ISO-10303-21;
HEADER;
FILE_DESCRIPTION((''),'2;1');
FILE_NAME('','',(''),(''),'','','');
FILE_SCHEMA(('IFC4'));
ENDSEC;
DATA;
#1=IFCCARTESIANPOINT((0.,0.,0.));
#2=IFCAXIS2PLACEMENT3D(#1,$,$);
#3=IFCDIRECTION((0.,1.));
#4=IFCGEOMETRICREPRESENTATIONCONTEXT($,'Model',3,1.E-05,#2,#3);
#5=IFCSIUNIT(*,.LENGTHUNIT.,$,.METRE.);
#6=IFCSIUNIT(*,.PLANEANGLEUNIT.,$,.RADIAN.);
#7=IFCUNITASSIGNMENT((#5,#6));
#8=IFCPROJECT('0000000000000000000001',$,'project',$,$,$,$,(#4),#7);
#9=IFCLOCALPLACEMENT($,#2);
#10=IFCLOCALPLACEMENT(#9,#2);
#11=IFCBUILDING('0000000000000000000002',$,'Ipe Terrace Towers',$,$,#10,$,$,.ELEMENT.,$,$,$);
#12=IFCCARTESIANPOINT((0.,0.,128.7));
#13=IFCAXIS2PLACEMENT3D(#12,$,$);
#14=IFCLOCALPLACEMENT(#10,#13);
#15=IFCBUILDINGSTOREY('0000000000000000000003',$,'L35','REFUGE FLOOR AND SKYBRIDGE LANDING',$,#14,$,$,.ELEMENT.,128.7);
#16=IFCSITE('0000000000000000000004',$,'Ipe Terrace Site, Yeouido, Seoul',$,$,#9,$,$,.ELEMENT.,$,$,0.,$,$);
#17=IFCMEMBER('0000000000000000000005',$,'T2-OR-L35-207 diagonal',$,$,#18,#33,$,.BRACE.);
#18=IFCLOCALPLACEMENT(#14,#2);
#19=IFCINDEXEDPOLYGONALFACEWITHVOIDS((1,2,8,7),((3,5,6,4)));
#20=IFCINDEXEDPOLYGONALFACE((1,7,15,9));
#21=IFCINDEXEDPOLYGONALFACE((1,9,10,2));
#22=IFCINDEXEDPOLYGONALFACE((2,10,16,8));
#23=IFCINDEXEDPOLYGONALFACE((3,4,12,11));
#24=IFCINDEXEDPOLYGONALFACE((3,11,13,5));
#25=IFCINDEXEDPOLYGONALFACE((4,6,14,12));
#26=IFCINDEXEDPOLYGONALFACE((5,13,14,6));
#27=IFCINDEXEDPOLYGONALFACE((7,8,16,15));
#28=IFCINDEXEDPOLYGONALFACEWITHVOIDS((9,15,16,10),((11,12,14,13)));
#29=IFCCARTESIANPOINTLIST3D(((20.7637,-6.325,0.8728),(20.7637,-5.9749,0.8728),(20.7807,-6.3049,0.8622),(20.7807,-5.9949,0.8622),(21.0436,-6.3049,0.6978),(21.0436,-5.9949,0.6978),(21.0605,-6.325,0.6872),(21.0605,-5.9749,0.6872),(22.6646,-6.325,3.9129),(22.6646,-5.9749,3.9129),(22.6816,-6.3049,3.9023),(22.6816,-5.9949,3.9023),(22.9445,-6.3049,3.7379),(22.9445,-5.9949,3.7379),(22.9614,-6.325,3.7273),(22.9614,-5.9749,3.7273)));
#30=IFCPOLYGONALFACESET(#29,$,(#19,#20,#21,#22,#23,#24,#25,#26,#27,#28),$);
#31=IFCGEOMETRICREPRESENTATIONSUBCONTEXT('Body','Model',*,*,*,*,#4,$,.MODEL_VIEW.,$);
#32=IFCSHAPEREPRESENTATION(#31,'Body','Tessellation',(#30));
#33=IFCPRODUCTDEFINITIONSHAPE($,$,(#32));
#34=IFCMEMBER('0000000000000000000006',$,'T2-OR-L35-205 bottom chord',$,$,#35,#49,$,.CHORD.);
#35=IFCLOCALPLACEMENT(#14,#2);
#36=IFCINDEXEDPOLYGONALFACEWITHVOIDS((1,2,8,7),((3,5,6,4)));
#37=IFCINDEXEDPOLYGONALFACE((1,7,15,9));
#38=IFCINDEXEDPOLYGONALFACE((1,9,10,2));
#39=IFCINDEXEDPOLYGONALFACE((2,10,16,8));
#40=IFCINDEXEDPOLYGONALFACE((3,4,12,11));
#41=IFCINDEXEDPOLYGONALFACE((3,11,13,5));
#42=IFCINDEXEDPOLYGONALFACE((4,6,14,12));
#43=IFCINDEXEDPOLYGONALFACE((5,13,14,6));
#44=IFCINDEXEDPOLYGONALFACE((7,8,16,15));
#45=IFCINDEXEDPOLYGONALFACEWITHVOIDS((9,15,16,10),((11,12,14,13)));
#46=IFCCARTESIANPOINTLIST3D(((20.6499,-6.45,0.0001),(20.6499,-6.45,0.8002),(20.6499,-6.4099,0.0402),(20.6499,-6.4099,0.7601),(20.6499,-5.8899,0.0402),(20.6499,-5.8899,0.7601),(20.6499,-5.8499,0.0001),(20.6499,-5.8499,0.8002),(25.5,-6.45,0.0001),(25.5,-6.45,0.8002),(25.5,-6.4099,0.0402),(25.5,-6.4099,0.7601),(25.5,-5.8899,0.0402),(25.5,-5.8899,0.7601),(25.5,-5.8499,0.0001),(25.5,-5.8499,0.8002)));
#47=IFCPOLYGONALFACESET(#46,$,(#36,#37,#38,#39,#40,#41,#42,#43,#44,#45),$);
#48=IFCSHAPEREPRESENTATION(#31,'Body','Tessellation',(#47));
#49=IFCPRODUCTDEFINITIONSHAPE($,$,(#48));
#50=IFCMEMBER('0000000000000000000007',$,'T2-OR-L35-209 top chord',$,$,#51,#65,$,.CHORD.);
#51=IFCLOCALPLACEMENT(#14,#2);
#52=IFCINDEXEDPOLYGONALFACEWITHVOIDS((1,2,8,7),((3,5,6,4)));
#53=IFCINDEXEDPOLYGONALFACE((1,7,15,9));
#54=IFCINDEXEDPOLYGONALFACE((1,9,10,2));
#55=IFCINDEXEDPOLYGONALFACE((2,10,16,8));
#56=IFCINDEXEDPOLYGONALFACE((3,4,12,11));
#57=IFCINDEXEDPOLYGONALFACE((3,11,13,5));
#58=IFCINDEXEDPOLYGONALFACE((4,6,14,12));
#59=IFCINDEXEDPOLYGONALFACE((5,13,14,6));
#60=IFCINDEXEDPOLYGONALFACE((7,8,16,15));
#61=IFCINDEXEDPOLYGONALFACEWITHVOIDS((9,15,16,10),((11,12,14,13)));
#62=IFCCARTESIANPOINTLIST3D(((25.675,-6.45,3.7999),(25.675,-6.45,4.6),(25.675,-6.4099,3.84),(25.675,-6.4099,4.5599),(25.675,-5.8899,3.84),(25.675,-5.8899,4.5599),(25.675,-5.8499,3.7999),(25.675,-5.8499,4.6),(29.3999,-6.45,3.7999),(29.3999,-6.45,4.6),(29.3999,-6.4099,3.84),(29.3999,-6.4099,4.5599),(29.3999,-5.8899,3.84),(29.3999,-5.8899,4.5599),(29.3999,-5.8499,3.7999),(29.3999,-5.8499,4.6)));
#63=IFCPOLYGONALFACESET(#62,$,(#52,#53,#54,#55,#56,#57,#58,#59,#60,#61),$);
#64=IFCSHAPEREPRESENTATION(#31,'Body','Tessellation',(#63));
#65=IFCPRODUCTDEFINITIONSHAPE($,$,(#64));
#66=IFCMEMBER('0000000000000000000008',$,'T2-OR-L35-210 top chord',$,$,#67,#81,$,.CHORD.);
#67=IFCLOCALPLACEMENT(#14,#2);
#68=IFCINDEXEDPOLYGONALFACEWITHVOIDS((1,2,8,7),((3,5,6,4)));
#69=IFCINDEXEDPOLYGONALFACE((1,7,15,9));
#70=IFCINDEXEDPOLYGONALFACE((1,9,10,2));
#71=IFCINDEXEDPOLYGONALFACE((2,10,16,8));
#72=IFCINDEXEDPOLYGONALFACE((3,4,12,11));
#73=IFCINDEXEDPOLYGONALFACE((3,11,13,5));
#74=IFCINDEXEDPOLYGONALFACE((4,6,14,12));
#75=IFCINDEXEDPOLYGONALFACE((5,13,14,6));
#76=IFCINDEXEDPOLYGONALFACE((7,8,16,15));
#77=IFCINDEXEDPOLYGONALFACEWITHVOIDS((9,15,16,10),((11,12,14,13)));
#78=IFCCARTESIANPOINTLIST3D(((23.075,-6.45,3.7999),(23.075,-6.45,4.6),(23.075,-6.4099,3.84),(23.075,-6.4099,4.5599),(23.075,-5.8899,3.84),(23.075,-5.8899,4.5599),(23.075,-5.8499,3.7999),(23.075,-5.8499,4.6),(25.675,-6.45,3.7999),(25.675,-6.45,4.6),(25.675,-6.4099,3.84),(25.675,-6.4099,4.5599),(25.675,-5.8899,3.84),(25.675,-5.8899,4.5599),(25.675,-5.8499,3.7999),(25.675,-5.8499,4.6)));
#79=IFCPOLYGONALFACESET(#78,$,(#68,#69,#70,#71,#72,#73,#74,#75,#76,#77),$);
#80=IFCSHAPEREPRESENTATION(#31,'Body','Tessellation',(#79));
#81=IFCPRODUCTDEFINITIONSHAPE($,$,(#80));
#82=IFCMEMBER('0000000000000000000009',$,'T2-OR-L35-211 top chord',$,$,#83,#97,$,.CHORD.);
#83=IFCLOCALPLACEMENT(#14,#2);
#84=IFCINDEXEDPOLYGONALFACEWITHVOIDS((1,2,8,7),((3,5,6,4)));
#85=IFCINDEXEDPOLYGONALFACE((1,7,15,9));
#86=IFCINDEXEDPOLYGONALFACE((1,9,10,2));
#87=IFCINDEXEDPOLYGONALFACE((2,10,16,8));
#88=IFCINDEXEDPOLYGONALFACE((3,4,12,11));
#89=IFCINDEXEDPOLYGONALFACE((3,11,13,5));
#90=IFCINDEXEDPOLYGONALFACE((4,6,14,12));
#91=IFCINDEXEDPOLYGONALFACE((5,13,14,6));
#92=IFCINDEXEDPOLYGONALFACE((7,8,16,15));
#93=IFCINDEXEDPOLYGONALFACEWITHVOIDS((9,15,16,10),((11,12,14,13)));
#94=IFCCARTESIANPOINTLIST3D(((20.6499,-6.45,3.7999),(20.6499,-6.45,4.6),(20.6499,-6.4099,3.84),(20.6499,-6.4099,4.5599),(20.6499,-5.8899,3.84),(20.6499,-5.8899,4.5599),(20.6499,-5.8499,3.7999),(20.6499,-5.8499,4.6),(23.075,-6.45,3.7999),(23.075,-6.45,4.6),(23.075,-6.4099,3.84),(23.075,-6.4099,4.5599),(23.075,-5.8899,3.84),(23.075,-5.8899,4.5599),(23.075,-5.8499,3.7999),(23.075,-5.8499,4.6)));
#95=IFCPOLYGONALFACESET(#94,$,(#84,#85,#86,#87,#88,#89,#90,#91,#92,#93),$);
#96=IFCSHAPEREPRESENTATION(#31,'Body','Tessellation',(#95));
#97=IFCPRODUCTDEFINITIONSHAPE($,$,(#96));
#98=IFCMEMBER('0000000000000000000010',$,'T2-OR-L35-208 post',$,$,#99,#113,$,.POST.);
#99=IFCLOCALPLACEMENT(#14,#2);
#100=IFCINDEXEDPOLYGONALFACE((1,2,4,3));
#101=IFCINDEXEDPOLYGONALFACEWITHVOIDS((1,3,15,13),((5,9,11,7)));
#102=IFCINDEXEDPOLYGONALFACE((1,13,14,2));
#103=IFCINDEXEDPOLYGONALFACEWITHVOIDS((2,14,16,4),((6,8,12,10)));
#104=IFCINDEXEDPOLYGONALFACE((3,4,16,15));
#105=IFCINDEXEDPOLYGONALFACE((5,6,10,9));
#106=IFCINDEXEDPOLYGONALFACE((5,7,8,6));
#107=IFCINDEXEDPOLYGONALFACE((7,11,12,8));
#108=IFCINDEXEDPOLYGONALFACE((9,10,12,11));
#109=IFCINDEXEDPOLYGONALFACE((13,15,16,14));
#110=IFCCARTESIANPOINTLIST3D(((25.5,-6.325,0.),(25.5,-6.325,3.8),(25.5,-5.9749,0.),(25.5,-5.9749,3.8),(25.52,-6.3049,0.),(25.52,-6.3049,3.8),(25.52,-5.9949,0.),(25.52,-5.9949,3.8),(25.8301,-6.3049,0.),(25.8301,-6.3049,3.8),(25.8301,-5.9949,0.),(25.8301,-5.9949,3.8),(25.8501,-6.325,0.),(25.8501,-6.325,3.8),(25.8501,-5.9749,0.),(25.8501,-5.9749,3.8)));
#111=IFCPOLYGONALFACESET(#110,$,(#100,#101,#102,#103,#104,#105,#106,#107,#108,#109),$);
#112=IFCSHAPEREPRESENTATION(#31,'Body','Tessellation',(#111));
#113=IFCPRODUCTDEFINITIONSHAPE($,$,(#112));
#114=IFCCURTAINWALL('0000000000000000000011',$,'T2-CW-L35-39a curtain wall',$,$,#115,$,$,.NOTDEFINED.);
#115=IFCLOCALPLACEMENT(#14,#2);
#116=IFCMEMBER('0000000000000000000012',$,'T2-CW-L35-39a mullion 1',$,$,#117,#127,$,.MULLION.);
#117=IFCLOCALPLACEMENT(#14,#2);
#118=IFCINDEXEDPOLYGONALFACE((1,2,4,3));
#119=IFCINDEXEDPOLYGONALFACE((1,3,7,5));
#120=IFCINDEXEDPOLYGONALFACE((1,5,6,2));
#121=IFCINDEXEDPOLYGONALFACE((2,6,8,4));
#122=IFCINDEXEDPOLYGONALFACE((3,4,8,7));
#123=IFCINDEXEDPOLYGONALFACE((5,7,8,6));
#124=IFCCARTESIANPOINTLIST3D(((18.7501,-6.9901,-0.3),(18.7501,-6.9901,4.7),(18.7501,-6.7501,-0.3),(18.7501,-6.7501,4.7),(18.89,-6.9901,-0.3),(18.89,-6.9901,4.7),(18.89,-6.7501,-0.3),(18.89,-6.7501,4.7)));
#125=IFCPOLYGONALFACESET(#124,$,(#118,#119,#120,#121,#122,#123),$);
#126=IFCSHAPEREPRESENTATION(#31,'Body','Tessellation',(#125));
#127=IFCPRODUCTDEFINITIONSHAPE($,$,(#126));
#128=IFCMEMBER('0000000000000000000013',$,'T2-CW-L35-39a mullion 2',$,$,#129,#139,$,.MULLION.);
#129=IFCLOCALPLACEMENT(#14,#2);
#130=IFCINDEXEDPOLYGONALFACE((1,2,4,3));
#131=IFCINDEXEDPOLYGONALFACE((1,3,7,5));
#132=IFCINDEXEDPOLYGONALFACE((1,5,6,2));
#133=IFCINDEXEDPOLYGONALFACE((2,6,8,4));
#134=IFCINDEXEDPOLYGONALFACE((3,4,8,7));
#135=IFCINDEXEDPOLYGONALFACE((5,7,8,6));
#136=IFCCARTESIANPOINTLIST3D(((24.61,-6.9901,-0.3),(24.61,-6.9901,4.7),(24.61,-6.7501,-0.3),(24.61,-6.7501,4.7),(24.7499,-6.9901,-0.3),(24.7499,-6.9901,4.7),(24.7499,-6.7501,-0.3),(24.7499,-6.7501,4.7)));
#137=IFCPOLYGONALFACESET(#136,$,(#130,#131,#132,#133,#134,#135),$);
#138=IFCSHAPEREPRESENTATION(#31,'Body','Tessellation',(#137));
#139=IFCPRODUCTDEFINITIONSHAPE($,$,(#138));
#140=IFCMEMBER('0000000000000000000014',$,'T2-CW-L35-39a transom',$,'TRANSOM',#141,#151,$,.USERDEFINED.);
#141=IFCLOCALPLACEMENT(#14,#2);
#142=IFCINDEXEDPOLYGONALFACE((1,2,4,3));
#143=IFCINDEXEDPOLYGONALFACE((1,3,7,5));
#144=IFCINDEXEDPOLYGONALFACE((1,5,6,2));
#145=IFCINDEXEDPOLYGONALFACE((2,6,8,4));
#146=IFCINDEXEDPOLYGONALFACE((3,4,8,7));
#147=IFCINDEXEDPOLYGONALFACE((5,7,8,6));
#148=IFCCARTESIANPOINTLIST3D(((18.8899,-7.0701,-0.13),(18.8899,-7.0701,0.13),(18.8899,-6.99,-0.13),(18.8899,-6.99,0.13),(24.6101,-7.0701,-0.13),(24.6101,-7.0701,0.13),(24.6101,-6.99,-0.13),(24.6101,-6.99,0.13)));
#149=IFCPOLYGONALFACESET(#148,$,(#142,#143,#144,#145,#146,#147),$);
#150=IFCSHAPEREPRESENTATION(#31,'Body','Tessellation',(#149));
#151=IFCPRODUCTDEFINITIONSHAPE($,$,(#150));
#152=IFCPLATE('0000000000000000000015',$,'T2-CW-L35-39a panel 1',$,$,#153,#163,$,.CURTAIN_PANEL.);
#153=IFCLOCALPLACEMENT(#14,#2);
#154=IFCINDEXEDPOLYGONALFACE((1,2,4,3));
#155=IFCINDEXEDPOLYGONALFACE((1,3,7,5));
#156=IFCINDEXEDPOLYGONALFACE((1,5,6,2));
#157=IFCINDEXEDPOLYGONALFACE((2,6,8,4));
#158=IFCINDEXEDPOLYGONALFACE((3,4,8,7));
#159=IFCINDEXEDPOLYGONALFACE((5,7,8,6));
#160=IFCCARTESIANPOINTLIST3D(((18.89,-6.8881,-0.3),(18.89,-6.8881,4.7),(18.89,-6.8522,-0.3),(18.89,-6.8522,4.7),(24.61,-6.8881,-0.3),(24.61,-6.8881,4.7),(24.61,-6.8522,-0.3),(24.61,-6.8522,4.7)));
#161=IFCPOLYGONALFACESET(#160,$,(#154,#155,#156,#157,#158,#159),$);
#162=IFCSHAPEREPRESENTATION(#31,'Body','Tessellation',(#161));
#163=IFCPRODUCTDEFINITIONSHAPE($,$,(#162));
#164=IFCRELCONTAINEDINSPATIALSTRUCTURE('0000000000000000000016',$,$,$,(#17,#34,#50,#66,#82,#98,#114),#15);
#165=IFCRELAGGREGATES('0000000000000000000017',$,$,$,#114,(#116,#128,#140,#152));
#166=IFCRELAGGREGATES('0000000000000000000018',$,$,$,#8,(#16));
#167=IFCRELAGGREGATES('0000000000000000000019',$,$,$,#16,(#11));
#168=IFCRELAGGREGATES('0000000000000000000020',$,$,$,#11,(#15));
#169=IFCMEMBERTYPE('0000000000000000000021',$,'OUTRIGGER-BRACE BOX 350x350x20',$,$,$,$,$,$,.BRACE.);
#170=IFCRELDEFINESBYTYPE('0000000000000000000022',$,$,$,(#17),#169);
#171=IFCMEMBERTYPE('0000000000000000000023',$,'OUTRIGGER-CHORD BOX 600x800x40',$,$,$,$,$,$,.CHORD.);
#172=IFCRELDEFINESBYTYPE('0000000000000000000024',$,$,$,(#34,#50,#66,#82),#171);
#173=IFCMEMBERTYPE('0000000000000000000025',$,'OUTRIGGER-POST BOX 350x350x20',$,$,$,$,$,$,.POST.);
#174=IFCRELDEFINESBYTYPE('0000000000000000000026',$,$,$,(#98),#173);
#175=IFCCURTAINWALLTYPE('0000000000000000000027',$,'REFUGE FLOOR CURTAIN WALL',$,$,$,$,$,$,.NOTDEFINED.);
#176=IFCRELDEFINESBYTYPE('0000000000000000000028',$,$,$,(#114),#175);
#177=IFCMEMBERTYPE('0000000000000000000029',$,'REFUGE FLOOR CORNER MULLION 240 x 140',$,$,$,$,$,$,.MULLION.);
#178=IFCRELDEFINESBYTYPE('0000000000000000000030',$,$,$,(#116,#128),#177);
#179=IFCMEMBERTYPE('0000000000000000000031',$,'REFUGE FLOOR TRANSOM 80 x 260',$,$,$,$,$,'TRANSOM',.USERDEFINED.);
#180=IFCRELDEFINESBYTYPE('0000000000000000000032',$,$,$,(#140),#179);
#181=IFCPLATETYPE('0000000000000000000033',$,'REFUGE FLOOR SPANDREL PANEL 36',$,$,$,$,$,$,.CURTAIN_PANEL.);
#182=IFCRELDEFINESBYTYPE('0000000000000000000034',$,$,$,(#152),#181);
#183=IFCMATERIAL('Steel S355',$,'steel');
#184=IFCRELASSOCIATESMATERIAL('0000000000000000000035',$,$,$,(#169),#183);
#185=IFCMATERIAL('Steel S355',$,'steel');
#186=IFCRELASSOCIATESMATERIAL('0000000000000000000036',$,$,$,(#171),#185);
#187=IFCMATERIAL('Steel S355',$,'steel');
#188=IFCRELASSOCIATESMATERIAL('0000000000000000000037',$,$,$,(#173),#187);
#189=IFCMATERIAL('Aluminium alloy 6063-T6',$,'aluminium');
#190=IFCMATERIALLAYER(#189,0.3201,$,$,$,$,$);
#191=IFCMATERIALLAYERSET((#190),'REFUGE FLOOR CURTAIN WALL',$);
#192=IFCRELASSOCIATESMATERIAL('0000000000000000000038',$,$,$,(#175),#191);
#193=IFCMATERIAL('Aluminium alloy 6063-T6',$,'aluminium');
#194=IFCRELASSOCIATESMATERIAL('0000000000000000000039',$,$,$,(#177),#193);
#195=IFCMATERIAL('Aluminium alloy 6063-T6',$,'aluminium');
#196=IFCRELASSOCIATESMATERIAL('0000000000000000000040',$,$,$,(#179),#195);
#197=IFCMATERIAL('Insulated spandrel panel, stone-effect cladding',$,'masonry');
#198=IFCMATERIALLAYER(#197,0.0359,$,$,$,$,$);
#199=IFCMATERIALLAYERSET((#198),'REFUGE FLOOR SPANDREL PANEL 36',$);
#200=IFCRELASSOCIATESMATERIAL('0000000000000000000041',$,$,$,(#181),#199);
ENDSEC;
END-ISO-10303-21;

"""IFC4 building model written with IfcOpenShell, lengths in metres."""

from ifc_helpers import new_model, si_unit, direction, frame, origin, origin_2d, place, context, subcontext, project, spatial, rectangle, hollow_rectangle, extrude, material, layer, layer_set, material_profile, profile_set, type_object, element, aggregate, save


model = new_model("IFC4")

# Units and contexts
model_context = context("Model", 3, precision=1e-05, world=origin(), true_north=direction((0.0, 1.0)))
body_context = subcontext(model_context, "Body", "Model", "MODEL_VIEW")
ifc_project = project(units=[si_unit("LENGTHUNIT", "METRE"), si_unit("PLANEANGLEUNIT", "RADIAN")], contexts=[model_context])

# Site, building, storey
site_placement = place(None, origin())
site = spatial("IfcSite", under=ifc_project, at=site_placement, Name="Ipe Terrace Site, Yeouido, Seoul", CompositionType="ELEMENT", RefElevation=0.0)
building_placement = place(site_placement, origin())
building = spatial("IfcBuilding", under=site, at=building_placement, Name="Ipe Terrace Towers", CompositionType="ELEMENT")
storey_placement = place(building_placement, frame((0.0, 0.0, 128.7)))
storey = spatial("IfcBuildingStorey", under=building, at=storey_placement, Name="L35", Description="REFUGE FLOOR AND SKYBRIDGE LANDING", CompositionType="ELEMENT", Elevation=128.7)

# Members
ifc_material_1 = material(Name="Steel S355", Category="steel")
ifc_material_profile_1 = material_profile(ifc_material_1, hollow_rectangle(XDim=0.3501, YDim=0.3501, WallThickness=0.02, at=origin_2d()), Name="OUTRIGGER-BRACE BOX 350x350x20")
ifc_profile_set_1 = profile_set([ifc_material_profile_1], Name="Steel S355")
member_type_1 = type_object("IfcMemberType", Name="OUTRIGGER-BRACE BOX 350x350x20", PredefinedType="BRACE", material=ifc_profile_set_1)
for number, where, z_axis, x_axis, name in (
    (1, (20.9121, -6.1499, 0.78), (0.53017, 0.0, 0.847891), (0.0, 1.0, 0.0), "T2-OR-L35-207 diagonal"),
):
    element("IfcMember", number, at=place(storey_placement, frame(where, z_axis=z_axis, x_axis=x_axis)), inside=storey, type_object=member_type_1, Name=name, PredefinedType="BRACE", context=body_context, shape_type="SweptSolid", body=[
        extrude(hollow_rectangle(XDim=0.3501, YDim=0.3501, WallThickness=0.02, at=origin_2d()), origin(), (0.0, 0.0, 1.0), 3.5854),
    ])
ifc_material_2 = material(Name="Steel S355", Category="steel")
ifc_material_profile_2 = material_profile(ifc_material_2, hollow_rectangle(XDim=0.6001, YDim=0.8, WallThickness=0.04, at=origin_2d()), Name="OUTRIGGER-CHORD BOX 600x800x40")
ifc_profile_set_2 = profile_set([ifc_material_profile_2], Name="Steel S355")
member_type_2 = type_object("IfcMemberType", Name="OUTRIGGER-CHORD BOX 600x800x40", PredefinedType="CHORD", material=ifc_profile_set_2)
member_1_placement = place(storey_placement, frame((25.5, -6.1499, 0.4001), z_axis=(-1.0, 0.0, 0.0), x_axis=(0.0, -1.0, 0.0)))
element("IfcMember", 2, at=member_1_placement, inside=storey, type_object=member_type_2, Name="T2-OR-L35-205 bottom chord", PredefinedType="CHORD", context=body_context, shape_type="SweptSolid", body=[
    extrude(hollow_rectangle(XDim=0.6001, YDim=0.8, WallThickness=0.04, at=origin_2d()), origin(), (0.0, 0.0, 1.0), 4.8501),
])
member_2_placement = place(storey_placement, frame((29.3999, -6.1499, 4.2), z_axis=(-1.0, 0.0, 0.0), x_axis=(0.0, -1.0, 0.0)))
element("IfcMember", 3, at=member_2_placement, inside=storey, type_object=member_type_2, Name="T2-OR-L35-209 top chord", PredefinedType="CHORD", context=body_context, shape_type="SweptSolid", body=[
    extrude(hollow_rectangle(XDim=0.6001, YDim=0.8, WallThickness=0.04, at=origin_2d()), origin(), (0.0, 0.0, 1.0), 3.7249),
])
member_3_placement = place(storey_placement, frame((25.675, -6.1499, 4.2), z_axis=(-1.0, 0.0, 0.0), x_axis=(0.0, -1.0, 0.0)))
element("IfcMember", 4, at=member_3_placement, inside=storey, type_object=member_type_2, Name="T2-OR-L35-210 top chord", PredefinedType="CHORD", context=body_context, shape_type="SweptSolid", body=[
    extrude(hollow_rectangle(XDim=0.6001, YDim=0.8, WallThickness=0.04, at=origin_2d()), origin(), (0.0, 0.0, 1.0), 2.6001),
])
member_4_placement = place(storey_placement, frame((23.075, -6.1499, 4.2), z_axis=(-1.0, 0.0, 0.0), x_axis=(0.0, -1.0, 0.0)))
element("IfcMember", 5, at=member_4_placement, inside=storey, type_object=member_type_2, Name="T2-OR-L35-211 top chord", PredefinedType="CHORD", context=body_context, shape_type="SweptSolid", body=[
    extrude(hollow_rectangle(XDim=0.6001, YDim=0.8, WallThickness=0.04, at=origin_2d()), origin(), (0.0, 0.0, 1.0), 2.425),
])
ifc_material_3 = material(Name="Steel S355", Category="steel")
ifc_material_profile_3 = material_profile(ifc_material_3, hollow_rectangle(XDim=0.3501, YDim=0.3501, WallThickness=0.02, at=origin_2d()), Name="OUTRIGGER-POST BOX 350x350x20")
ifc_profile_set_3 = profile_set([ifc_material_profile_3], Name="Steel S355")
member_type_3 = type_object("IfcMemberType", Name="OUTRIGGER-POST BOX 350x350x20", PredefinedType="POST", material=ifc_profile_set_3)
member_5_placement = place(storey_placement, frame((25.675, -6.1499, 0.0), z_axis=(0.0, 0.0, 1.0), x_axis=(1.0, 0.0, 0.0)))
element("IfcMember", 6, at=member_5_placement, inside=storey, type_object=member_type_3, Name="T2-OR-L35-208 post", PredefinedType="POST", context=body_context, shape_type="SweptSolid", body=[
    extrude(hollow_rectangle(XDim=0.3501, YDim=0.3501, WallThickness=0.02, at=origin_2d()), origin(), (0.0, 0.0, 1.0), 3.8),
])

# Curtain wall, members, plate
ifc_material_4 = material(Name="Aluminium alloy 6063-T6", Category="aluminium")
ifc_layer_1 = layer(ifc_material_4, 0.3201)
ifc_layer_set_1 = layer_set([ifc_layer_1], Name="REFUGE FLOOR CURTAIN WALL")
curtain_wall_type = type_object("IfcCurtainWallType", Name="REFUGE FLOOR CURTAIN WALL", PredefinedType="NOTDEFINED", material=ifc_layer_set_1)
curtain_wall_placement = place(storey_placement, origin())
curtain_wall = element("IfcCurtainWall", 7, at=curtain_wall_placement, inside=storey, type_object=curtain_wall_type, Name="T2-CW-L35-39a curtain wall", PredefinedType="NOTDEFINED")
ifc_material_5 = material(Name="Aluminium alloy 6063-T6", Category="aluminium")
ifc_material_profile_4 = material_profile(ifc_material_5, rectangle(XDim=0.24, YDim=0.1399, at=origin_2d()), Name="REFUGE FLOOR CORNER MULLION 240 x 140")
ifc_profile_set_4 = profile_set([ifc_material_profile_4], Name="Aluminium alloy 6063-T6")
member_type_4 = type_object("IfcMemberType", Name="REFUGE FLOOR CORNER MULLION 240 x 140", PredefinedType="MULLION", material=ifc_profile_set_4)
member_6_placement = place(storey_placement, frame((18.8201, -6.8701, -0.3), z_axis=(0.0, 0.0, 1.0), x_axis=(0.0, -1.0, 0.0)))
member_6 = element("IfcMember", 8, at=member_6_placement, type_object=member_type_4, Name="T2-CW-L35-39a mullion 1", PredefinedType="MULLION", context=body_context, shape_type="SweptSolid", body=[
    extrude(rectangle(XDim=0.24, YDim=0.1399, at=origin_2d()), origin(), (0.0, 0.0, 1.0), 5.0),
])
member_7_placement = place(storey_placement, frame((24.6799, -6.8701, -0.3), z_axis=(0.0, 0.0, 1.0), x_axis=(0.0, -1.0, 0.0)))
member_7 = element("IfcMember", 9, at=member_7_placement, type_object=member_type_4, Name="T2-CW-L35-39a mullion 2", PredefinedType="MULLION", context=body_context, shape_type="SweptSolid", body=[
    extrude(rectangle(XDim=0.24, YDim=0.1399, at=origin_2d()), origin(), (0.0, 0.0, 1.0), 5.0),
])
ifc_material_6 = material(Name="Aluminium alloy 6063-T6", Category="aluminium")
ifc_material_profile_5 = material_profile(ifc_material_6, rectangle(XDim=0.0801, YDim=0.26, at=origin_2d()), Name="REFUGE FLOOR TRANSOM 80 x 260")
ifc_profile_set_5 = profile_set([ifc_material_profile_5], Name="Aluminium alloy 6063-T6")
member_type_5 = type_object("IfcMemberType", Name="REFUGE FLOOR TRANSOM 80 x 260", ElementType="TRANSOM", PredefinedType="USERDEFINED", material=ifc_profile_set_5)
member_8_placement = place(storey_placement, frame((18.8899, -7.03, 0.0), z_axis=(1.0, 0.0, 0.0), x_axis=(0.0, -1.0, 0.0)))
member_8 = element("IfcMember", 10, at=member_8_placement, type_object=member_type_5, Name="T2-CW-L35-39a transom", ObjectType="TRANSOM", PredefinedType="USERDEFINED", context=body_context, shape_type="SweptSolid", body=[
    extrude(rectangle(XDim=0.0801, YDim=0.26, at=origin_2d()), origin(), (0.0, 0.0, 1.0), 5.7202),
])
ifc_material_7 = material(Name="Insulated spandrel panel, stone-effect cladding", Category="masonry")
ifc_layer_2 = layer(ifc_material_7, 0.0359)
ifc_layer_set_2 = layer_set([ifc_layer_2], Name="REFUGE FLOOR SPANDREL PANEL 36")
plate_type = type_object("IfcPlateType", Name="REFUGE FLOOR SPANDREL PANEL 36", PredefinedType="CURTAIN_PANEL", material=ifc_layer_set_2)
plate_placement = place(storey_placement, frame((21.75, -6.8701, -0.3), z_axis=(0.0, 0.0, 1.0), x_axis=(1.0, 0.0, 0.0)))
plate = element("IfcPlate", 11, at=plate_placement, type_object=plate_type, Name="T2-CW-L35-39a panel 1", PredefinedType="CURTAIN_PANEL", context=body_context, shape_type="SweptSolid", body=[
    extrude(rectangle(XDim=5.72, YDim=0.0359, at=origin_2d()), origin(), (0.0, 0.0, 1.0), 5.0),
])
aggregate(curtain_wall, [member_6, member_7, member_8, plate])

save(model, "model.ifc")
